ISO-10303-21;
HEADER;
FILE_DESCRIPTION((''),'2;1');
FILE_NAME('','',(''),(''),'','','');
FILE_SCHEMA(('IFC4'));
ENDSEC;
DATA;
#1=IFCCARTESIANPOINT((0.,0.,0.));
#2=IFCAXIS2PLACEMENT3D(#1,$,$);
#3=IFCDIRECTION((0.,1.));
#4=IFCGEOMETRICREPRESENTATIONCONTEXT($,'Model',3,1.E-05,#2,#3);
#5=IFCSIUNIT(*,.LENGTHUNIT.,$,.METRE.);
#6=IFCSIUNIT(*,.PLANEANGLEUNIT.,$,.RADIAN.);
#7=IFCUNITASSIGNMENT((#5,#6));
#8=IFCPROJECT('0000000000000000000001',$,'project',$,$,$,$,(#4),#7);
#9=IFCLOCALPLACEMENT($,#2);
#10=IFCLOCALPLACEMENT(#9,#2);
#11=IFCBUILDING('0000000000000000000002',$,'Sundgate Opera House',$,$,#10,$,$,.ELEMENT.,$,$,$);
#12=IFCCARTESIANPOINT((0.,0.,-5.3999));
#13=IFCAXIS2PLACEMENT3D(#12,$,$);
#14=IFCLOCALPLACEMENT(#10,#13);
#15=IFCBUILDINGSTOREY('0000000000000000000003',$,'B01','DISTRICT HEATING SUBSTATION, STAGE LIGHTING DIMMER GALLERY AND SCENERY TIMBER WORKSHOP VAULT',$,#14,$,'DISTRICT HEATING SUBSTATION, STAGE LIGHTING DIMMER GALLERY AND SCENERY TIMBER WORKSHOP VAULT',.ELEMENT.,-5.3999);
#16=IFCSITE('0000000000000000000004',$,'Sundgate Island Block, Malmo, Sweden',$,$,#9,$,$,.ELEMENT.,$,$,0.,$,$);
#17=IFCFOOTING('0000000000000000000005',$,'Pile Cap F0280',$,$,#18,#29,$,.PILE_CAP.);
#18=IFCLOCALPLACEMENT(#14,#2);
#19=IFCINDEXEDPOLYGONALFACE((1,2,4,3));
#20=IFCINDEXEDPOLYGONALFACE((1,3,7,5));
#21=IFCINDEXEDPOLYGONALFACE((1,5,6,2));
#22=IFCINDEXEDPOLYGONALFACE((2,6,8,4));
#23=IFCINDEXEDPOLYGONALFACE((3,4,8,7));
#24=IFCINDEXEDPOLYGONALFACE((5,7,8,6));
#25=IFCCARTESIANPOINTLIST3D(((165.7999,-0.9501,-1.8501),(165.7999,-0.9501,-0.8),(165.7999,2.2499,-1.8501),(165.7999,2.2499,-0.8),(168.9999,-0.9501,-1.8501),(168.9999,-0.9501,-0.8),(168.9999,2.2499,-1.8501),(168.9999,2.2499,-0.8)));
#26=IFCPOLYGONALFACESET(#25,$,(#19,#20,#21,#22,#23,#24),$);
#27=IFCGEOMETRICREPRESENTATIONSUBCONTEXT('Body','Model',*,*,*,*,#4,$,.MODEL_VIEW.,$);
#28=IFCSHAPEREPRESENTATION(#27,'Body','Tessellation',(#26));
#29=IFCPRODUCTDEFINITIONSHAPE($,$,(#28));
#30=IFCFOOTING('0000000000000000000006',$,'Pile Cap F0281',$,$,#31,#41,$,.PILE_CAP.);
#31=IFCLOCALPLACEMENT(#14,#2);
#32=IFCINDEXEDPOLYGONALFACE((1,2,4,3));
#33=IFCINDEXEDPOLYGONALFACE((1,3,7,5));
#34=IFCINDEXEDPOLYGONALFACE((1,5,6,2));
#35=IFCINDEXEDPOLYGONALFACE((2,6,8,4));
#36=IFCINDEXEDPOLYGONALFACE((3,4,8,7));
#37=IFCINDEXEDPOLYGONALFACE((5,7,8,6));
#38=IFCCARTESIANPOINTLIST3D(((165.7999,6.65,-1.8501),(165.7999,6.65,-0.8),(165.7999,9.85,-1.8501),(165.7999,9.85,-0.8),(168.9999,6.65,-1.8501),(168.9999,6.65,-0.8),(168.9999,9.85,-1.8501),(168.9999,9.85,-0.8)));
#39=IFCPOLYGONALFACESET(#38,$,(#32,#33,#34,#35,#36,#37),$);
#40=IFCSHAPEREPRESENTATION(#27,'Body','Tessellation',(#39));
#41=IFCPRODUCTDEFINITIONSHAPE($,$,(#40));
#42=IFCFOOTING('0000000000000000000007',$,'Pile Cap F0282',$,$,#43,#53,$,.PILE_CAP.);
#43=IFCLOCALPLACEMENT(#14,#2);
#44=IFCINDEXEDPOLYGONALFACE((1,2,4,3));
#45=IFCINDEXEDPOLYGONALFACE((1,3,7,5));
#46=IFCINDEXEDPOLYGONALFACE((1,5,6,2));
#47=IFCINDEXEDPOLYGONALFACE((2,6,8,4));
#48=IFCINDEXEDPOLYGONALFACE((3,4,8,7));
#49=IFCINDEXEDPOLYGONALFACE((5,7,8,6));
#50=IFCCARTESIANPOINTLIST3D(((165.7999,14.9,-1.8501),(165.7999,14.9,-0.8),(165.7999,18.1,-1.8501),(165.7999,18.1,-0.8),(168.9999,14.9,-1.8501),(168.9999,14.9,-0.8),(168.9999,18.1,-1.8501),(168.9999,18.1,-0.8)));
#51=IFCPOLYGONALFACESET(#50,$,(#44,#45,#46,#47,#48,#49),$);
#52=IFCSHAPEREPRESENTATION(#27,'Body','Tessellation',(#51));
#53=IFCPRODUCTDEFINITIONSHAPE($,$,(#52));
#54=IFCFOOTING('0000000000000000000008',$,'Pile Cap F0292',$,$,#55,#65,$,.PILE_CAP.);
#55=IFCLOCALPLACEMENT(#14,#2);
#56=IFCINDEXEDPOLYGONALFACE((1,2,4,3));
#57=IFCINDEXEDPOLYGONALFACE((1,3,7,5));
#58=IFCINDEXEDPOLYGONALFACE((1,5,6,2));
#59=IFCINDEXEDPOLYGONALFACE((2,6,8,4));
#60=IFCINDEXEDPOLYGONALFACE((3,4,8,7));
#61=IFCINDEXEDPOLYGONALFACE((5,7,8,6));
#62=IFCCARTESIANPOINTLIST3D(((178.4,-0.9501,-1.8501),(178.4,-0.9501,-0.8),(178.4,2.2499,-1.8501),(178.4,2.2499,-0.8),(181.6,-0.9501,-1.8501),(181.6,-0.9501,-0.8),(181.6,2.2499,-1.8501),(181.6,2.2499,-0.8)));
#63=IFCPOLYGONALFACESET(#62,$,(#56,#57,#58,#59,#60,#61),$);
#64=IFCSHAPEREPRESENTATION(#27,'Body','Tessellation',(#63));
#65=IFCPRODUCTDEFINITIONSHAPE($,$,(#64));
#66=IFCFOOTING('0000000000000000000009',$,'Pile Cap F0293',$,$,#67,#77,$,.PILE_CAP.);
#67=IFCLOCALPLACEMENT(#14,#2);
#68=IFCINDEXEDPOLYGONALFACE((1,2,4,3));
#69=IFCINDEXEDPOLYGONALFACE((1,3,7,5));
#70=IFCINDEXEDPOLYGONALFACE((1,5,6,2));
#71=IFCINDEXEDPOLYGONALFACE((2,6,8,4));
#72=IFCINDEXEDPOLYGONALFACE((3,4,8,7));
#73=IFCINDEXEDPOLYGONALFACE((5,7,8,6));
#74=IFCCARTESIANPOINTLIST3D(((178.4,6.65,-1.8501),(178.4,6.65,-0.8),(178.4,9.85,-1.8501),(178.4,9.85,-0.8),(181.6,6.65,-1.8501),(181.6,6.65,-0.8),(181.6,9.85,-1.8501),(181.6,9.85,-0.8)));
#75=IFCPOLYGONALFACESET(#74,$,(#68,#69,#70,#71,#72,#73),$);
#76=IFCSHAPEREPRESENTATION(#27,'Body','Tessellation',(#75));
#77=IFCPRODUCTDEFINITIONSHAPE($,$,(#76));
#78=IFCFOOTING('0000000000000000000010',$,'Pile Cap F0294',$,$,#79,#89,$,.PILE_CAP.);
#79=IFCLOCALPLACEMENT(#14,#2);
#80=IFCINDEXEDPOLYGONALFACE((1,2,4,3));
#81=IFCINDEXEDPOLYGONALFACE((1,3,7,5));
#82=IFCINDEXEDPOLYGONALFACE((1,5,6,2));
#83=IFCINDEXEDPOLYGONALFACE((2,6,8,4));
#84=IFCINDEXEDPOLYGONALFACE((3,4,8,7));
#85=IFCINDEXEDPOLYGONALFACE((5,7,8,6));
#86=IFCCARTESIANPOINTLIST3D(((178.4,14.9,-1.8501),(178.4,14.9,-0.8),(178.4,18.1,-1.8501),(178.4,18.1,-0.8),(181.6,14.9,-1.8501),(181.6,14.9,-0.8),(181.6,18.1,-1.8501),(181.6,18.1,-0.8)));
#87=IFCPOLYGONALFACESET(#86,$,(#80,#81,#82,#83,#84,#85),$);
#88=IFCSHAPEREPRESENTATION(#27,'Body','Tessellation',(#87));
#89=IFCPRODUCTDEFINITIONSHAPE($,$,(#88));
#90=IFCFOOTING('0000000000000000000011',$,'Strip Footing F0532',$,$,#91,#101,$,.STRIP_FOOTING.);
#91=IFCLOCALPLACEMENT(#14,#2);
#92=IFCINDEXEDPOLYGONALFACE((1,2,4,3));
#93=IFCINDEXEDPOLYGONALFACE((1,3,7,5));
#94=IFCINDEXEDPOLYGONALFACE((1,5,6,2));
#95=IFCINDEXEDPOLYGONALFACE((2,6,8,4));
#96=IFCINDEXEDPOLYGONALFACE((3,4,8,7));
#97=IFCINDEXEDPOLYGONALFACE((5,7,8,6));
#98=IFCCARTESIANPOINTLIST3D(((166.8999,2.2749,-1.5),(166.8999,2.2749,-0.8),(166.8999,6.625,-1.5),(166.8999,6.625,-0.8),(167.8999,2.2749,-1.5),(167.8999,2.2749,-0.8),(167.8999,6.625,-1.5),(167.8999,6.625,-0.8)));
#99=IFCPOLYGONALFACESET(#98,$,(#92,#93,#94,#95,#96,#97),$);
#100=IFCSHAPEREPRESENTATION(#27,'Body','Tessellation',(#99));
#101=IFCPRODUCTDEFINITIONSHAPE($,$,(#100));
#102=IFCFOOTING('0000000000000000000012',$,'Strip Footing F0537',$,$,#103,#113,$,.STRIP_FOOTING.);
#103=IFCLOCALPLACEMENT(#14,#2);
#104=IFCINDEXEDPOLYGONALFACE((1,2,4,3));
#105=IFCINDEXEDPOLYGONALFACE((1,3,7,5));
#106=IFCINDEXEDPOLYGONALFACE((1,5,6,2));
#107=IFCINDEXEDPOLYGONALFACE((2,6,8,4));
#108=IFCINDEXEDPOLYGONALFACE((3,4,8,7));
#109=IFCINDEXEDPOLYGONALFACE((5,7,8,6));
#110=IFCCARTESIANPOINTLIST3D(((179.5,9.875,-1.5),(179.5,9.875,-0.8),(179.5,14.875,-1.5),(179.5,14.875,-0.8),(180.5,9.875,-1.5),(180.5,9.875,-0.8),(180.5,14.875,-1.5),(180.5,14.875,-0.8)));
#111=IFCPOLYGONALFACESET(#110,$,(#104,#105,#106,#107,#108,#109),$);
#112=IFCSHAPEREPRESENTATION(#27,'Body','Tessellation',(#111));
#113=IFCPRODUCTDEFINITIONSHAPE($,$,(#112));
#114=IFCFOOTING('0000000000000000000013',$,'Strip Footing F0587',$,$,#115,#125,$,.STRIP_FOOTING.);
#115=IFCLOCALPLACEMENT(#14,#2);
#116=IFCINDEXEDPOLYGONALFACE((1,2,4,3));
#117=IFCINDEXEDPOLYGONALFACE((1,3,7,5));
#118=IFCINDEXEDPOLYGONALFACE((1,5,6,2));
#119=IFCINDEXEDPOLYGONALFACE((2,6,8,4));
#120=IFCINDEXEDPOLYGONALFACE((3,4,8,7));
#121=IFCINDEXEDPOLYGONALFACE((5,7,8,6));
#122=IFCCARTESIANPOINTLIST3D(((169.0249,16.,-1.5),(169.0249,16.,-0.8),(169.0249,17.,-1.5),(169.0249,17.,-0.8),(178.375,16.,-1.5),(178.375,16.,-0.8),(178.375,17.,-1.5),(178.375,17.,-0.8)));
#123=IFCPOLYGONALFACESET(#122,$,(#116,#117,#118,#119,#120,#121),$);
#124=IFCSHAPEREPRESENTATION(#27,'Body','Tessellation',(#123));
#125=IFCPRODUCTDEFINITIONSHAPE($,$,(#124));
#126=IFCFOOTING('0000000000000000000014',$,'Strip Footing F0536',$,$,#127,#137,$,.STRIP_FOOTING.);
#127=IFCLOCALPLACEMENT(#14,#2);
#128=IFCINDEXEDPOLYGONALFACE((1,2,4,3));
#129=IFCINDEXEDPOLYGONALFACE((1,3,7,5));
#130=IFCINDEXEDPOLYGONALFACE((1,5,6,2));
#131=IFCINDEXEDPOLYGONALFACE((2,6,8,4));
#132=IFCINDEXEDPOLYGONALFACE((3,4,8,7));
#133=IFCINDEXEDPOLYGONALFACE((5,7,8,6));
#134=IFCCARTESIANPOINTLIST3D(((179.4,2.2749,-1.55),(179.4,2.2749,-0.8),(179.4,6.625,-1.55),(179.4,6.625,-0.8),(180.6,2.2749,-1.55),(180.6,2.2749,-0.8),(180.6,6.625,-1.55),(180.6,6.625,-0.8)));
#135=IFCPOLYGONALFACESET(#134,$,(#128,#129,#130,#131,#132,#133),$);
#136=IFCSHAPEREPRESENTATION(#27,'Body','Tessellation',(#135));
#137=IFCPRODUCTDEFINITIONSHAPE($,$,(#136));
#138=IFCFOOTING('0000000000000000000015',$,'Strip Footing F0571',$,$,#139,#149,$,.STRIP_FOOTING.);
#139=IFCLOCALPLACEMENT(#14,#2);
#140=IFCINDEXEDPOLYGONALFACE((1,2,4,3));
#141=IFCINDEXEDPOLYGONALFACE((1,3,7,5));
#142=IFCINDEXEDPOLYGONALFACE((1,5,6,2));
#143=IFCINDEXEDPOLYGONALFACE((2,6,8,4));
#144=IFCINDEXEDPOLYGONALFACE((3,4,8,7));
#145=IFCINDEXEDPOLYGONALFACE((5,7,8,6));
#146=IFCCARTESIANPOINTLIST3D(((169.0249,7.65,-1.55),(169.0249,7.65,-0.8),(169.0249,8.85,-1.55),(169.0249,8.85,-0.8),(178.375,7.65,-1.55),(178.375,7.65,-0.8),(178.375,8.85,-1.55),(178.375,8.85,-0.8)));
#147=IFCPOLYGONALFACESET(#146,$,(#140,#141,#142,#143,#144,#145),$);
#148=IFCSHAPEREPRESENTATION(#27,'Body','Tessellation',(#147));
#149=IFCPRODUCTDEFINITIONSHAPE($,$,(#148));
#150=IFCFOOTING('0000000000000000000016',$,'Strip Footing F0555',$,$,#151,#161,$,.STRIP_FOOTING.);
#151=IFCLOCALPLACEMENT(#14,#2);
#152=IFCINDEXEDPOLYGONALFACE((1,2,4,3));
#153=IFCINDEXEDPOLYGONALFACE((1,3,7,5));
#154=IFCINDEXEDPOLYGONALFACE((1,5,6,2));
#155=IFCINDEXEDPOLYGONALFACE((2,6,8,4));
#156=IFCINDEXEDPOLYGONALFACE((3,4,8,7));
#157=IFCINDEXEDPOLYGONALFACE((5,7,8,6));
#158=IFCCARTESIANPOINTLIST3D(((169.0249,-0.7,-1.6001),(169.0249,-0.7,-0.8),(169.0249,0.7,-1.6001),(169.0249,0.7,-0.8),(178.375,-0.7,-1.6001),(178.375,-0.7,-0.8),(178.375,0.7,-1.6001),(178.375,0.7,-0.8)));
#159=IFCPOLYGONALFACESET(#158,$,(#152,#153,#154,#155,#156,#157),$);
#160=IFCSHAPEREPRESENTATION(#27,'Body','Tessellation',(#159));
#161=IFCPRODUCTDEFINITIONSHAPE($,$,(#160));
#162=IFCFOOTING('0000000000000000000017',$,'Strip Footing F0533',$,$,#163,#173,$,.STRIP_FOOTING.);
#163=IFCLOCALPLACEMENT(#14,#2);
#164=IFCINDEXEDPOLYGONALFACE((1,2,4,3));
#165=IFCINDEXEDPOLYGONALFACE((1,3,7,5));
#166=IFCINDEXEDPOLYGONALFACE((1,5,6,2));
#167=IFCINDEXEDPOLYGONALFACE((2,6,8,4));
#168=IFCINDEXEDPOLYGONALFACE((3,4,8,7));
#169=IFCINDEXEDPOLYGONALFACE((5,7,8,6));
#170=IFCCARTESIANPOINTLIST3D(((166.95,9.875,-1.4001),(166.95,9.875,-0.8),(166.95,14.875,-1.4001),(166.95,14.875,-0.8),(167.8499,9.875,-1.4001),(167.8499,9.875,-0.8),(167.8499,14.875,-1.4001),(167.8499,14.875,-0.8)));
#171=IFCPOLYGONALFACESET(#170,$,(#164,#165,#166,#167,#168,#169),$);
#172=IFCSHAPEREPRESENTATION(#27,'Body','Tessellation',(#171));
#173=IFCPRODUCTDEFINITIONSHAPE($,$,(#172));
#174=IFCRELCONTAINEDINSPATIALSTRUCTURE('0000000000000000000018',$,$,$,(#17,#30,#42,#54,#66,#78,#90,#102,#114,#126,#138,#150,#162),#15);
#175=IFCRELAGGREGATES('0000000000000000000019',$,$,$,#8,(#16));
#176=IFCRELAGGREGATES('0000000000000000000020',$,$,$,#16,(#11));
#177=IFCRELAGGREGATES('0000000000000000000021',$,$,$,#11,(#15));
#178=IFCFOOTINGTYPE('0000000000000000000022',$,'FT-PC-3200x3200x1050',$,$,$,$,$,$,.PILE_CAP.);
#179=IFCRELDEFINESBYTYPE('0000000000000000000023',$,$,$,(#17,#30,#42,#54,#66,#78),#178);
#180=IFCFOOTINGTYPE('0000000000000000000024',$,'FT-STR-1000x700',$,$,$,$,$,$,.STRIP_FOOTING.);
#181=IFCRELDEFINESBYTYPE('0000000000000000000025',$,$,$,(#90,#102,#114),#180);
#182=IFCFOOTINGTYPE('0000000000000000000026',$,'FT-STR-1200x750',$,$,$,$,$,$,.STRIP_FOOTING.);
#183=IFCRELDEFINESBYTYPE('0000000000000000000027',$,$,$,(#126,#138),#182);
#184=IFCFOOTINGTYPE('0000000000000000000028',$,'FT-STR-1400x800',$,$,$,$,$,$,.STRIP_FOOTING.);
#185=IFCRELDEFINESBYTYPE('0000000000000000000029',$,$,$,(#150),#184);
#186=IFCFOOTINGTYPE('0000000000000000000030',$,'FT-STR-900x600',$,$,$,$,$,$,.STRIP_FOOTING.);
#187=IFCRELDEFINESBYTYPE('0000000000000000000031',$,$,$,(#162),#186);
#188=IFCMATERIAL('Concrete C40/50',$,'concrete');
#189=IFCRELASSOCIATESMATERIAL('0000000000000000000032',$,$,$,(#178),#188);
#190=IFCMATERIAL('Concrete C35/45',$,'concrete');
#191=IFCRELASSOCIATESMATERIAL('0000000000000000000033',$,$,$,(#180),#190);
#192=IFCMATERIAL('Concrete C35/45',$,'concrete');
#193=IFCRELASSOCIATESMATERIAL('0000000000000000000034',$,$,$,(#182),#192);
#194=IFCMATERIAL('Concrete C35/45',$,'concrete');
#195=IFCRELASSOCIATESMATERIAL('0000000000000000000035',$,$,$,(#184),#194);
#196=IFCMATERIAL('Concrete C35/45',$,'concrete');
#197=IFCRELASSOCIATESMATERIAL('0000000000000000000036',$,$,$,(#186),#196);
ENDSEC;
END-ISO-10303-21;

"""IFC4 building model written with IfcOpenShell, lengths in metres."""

from ifc_helpers import new_model, si_unit, direction, frame, origin, origin_2d, place, context, subcontext, project, spatial, rectangle, extrude, material, type_object, element, save


model = new_model("IFC4")

# Units and contexts
model_context = context("Model", 3, precision=1e-05, world=origin(), true_north=direction((0.0, 1.0)))
body_context = subcontext(model_context, "Body", "Model", "MODEL_VIEW")
ifc_project = project(units=[si_unit("LENGTHUNIT", "METRE"), si_unit("PLANEANGLEUNIT", "RADIAN")], contexts=[model_context])

# Site, building, storey
site_placement = place(None, origin())
site = spatial("IfcSite", under=ifc_project, at=site_placement, Name="Sundgate Island Block, Malmo, Sweden", CompositionType="ELEMENT", RefElevation=0.0)
building_placement = place(site_placement, origin())
building = spatial("IfcBuilding", under=site, at=building_placement, Name="Sundgate Opera House", CompositionType="ELEMENT")
storey_placement = place(building_placement, frame((0.0, 0.0, -5.3999)))
storey = spatial("IfcBuildingStorey", under=building, at=storey_placement, Name="B01", Description="DISTRICT HEATING SUBSTATION, STAGE LIGHTING DIMMER GALLERY AND SCENERY TIMBER WORKSHOP VAULT", LongName="DISTRICT HEATING SUBSTATION, STAGE LIGHTING DIMMER GALLERY AND SCENERY TIMBER WORKSHOP VAULT", CompositionType="ELEMENT", Elevation=-5.3999)

# Footings
ifc_material_1 = material(Name="Concrete C40/50", Category="concrete")
footing_type_1 = type_object("IfcFootingType", Name="FT-PC-3200x3200x1050", PredefinedType="PILE_CAP", material=ifc_material_1)
for number, where, z_axis, x_axis, name in (
    (1, (167.3999, 0.6499, -1.8501), (0.0, 0.0, 1.0), (1.0, 0.0, 0.0), "Pile Cap F0280"),
    (2, (167.3999, 8.25, -1.8501), (0.0, 0.0, 1.0), (1.0, 0.0, 0.0), "Pile Cap F0281"),
    (3, (167.3999, 16.5, -1.8501), (0.0, 0.0, 1.0), (1.0, 0.0, 0.0), "Pile Cap F0282"),
    (4, (180.0, 0.6499, -1.8501), (0.0, 0.0, 1.0), (1.0, 0.0, 0.0), "Pile Cap F0292"),
    (5, (180.0, 8.25, -1.8501), (0.0, 0.0, 1.0), (1.0, 0.0, 0.0), "Pile Cap F0293"),
    (6, (180.0, 16.5, -1.8501), (0.0, 0.0, 1.0), (1.0, 0.0, 0.0), "Pile Cap F0294"),
):
    element("IfcFooting", number, at=place(storey_placement, frame(where, z_axis=z_axis, x_axis=x_axis)), inside=storey, type_object=footing_type_1, Name=name, PredefinedType="PILE_CAP", context=body_context, shape_type="SweptSolid", body=[
        extrude(rectangle(XDim=3.2, YDim=3.2, at=origin_2d()), origin(), (0.0, 0.0, 1.0), 1.05),
    ])
ifc_material_2 = material(Name="Concrete C35/45", Category="concrete")
footing_type_2 = type_object("IfcFootingType", Name="FT-STR-1000x700", PredefinedType="STRIP_FOOTING", material=ifc_material_2)
footing_1_placement = place(storey_placement, frame((167.3999, 4.45, -1.5), z_axis=(0.0, 0.0, 1.0), x_axis=(1.0, 0.0, 0.0)))
element("IfcFooting", 7, at=footing_1_placement, inside=storey, type_object=footing_type_2, Name="Strip Footing F0532", PredefinedType="STRIP_FOOTING", context=body_context, shape_type="SweptSolid", body=[
    extrude(rectangle(XDim=1.0, YDim=4.3501, at=origin_2d()), origin(), (0.0, 0.0, 1.0), 0.7),
])
footing_2_placement = place(storey_placement, frame((180.0, 12.375, -1.5), z_axis=(0.0, 0.0, 1.0), x_axis=(1.0, 0.0, 0.0)))
element("IfcFooting", 8, at=footing_2_placement, inside=storey, type_object=footing_type_2, Name="Strip Footing F0537", PredefinedType="STRIP_FOOTING", context=body_context, shape_type="SweptSolid", body=[
    extrude(rectangle(XDim=1.0, YDim=5.0, at=origin_2d()), origin(), (0.0, 0.0, 1.0), 0.7),
])
footing_3_placement = place(storey_placement, frame((173.7, 16.5, -1.5), z_axis=(0.0, 0.0, 1.0), x_axis=(1.0, 0.0, 0.0)))
element("IfcFooting", 9, at=footing_3_placement, inside=storey, type_object=footing_type_2, Name="Strip Footing F0587", PredefinedType="STRIP_FOOTING", context=body_context, shape_type="SweptSolid", body=[
    extrude(rectangle(XDim=9.3501, YDim=1.0, at=origin_2d()), origin(), (0.0, 0.0, 1.0), 0.7),
])
ifc_material_3 = material(Name="Concrete C35/45", Category="concrete")
footing_type_3 = type_object("IfcFootingType", Name="FT-STR-1200x750", PredefinedType="STRIP_FOOTING", material=ifc_material_3)
footing_4_placement = place(storey_placement, frame((180.0, 4.45, -1.55), z_axis=(0.0, 0.0, 1.0), x_axis=(1.0, 0.0, 0.0)))
element("IfcFooting", 10, at=footing_4_placement, inside=storey, type_object=footing_type_3, Name="Strip Footing F0536", PredefinedType="STRIP_FOOTING", context=body_context, shape_type="SweptSolid", body=[
    extrude(rectangle(XDim=1.2, YDim=4.3501, at=origin_2d()), origin(), (0.0, 0.0, 1.0), 0.75),
])
footing_5_placement = place(storey_placement, frame((173.7, 8.25, -1.55), z_axis=(0.0, 0.0, 1.0), x_axis=(1.0, 0.0, 0.0)))
element("IfcFooting", 11, at=footing_5_placement, inside=storey, type_object=footing_type_3, Name="Strip Footing F0571", PredefinedType="STRIP_FOOTING", context=body_context, shape_type="SweptSolid", body=[
    extrude(rectangle(XDim=9.3501, YDim=1.2, at=origin_2d()), origin(), (0.0, 0.0, 1.0), 0.75),
])
ifc_material_4 = material(Name="Concrete C35/45", Category="concrete")
footing_type_4 = type_object("IfcFootingType", Name="FT-STR-1400x800", PredefinedType="STRIP_FOOTING", material=ifc_material_4)
footing_6_placement = place(storey_placement, frame((173.7, 0.0, -1.6001), z_axis=(0.0, 0.0, 1.0), x_axis=(1.0, 0.0, 0.0)))
element("IfcFooting", 12, at=footing_6_placement, inside=storey, type_object=footing_type_4, Name="Strip Footing F0555", PredefinedType="STRIP_FOOTING", context=body_context, shape_type="SweptSolid", body=[
    extrude(rectangle(XDim=9.3501, YDim=1.3999, at=origin_2d()), origin(), (0.0, 0.0, 1.0), 0.8),
])
ifc_material_5 = material(Name="Concrete C35/45", Category="concrete")
footing_type_5 = type_object("IfcFootingType", Name="FT-STR-900x600", PredefinedType="STRIP_FOOTING", material=ifc_material_5)
footing_7_placement = place(storey_placement, frame((167.3999, 12.375, -1.4001), z_axis=(0.0, 0.0, 1.0), x_axis=(1.0, 0.0, 0.0)))
element("IfcFooting", 13, at=footing_7_placement, inside=storey, type_object=footing_type_5, Name="Strip Footing F0533", PredefinedType="STRIP_FOOTING", context=body_context, shape_type="SweptSolid", body=[
    extrude(rectangle(XDim=0.8999, YDim=5.0, at=origin_2d()), origin(), (0.0, 0.0, 1.0), 0.6001),
])

save(model, "model.ifc")
